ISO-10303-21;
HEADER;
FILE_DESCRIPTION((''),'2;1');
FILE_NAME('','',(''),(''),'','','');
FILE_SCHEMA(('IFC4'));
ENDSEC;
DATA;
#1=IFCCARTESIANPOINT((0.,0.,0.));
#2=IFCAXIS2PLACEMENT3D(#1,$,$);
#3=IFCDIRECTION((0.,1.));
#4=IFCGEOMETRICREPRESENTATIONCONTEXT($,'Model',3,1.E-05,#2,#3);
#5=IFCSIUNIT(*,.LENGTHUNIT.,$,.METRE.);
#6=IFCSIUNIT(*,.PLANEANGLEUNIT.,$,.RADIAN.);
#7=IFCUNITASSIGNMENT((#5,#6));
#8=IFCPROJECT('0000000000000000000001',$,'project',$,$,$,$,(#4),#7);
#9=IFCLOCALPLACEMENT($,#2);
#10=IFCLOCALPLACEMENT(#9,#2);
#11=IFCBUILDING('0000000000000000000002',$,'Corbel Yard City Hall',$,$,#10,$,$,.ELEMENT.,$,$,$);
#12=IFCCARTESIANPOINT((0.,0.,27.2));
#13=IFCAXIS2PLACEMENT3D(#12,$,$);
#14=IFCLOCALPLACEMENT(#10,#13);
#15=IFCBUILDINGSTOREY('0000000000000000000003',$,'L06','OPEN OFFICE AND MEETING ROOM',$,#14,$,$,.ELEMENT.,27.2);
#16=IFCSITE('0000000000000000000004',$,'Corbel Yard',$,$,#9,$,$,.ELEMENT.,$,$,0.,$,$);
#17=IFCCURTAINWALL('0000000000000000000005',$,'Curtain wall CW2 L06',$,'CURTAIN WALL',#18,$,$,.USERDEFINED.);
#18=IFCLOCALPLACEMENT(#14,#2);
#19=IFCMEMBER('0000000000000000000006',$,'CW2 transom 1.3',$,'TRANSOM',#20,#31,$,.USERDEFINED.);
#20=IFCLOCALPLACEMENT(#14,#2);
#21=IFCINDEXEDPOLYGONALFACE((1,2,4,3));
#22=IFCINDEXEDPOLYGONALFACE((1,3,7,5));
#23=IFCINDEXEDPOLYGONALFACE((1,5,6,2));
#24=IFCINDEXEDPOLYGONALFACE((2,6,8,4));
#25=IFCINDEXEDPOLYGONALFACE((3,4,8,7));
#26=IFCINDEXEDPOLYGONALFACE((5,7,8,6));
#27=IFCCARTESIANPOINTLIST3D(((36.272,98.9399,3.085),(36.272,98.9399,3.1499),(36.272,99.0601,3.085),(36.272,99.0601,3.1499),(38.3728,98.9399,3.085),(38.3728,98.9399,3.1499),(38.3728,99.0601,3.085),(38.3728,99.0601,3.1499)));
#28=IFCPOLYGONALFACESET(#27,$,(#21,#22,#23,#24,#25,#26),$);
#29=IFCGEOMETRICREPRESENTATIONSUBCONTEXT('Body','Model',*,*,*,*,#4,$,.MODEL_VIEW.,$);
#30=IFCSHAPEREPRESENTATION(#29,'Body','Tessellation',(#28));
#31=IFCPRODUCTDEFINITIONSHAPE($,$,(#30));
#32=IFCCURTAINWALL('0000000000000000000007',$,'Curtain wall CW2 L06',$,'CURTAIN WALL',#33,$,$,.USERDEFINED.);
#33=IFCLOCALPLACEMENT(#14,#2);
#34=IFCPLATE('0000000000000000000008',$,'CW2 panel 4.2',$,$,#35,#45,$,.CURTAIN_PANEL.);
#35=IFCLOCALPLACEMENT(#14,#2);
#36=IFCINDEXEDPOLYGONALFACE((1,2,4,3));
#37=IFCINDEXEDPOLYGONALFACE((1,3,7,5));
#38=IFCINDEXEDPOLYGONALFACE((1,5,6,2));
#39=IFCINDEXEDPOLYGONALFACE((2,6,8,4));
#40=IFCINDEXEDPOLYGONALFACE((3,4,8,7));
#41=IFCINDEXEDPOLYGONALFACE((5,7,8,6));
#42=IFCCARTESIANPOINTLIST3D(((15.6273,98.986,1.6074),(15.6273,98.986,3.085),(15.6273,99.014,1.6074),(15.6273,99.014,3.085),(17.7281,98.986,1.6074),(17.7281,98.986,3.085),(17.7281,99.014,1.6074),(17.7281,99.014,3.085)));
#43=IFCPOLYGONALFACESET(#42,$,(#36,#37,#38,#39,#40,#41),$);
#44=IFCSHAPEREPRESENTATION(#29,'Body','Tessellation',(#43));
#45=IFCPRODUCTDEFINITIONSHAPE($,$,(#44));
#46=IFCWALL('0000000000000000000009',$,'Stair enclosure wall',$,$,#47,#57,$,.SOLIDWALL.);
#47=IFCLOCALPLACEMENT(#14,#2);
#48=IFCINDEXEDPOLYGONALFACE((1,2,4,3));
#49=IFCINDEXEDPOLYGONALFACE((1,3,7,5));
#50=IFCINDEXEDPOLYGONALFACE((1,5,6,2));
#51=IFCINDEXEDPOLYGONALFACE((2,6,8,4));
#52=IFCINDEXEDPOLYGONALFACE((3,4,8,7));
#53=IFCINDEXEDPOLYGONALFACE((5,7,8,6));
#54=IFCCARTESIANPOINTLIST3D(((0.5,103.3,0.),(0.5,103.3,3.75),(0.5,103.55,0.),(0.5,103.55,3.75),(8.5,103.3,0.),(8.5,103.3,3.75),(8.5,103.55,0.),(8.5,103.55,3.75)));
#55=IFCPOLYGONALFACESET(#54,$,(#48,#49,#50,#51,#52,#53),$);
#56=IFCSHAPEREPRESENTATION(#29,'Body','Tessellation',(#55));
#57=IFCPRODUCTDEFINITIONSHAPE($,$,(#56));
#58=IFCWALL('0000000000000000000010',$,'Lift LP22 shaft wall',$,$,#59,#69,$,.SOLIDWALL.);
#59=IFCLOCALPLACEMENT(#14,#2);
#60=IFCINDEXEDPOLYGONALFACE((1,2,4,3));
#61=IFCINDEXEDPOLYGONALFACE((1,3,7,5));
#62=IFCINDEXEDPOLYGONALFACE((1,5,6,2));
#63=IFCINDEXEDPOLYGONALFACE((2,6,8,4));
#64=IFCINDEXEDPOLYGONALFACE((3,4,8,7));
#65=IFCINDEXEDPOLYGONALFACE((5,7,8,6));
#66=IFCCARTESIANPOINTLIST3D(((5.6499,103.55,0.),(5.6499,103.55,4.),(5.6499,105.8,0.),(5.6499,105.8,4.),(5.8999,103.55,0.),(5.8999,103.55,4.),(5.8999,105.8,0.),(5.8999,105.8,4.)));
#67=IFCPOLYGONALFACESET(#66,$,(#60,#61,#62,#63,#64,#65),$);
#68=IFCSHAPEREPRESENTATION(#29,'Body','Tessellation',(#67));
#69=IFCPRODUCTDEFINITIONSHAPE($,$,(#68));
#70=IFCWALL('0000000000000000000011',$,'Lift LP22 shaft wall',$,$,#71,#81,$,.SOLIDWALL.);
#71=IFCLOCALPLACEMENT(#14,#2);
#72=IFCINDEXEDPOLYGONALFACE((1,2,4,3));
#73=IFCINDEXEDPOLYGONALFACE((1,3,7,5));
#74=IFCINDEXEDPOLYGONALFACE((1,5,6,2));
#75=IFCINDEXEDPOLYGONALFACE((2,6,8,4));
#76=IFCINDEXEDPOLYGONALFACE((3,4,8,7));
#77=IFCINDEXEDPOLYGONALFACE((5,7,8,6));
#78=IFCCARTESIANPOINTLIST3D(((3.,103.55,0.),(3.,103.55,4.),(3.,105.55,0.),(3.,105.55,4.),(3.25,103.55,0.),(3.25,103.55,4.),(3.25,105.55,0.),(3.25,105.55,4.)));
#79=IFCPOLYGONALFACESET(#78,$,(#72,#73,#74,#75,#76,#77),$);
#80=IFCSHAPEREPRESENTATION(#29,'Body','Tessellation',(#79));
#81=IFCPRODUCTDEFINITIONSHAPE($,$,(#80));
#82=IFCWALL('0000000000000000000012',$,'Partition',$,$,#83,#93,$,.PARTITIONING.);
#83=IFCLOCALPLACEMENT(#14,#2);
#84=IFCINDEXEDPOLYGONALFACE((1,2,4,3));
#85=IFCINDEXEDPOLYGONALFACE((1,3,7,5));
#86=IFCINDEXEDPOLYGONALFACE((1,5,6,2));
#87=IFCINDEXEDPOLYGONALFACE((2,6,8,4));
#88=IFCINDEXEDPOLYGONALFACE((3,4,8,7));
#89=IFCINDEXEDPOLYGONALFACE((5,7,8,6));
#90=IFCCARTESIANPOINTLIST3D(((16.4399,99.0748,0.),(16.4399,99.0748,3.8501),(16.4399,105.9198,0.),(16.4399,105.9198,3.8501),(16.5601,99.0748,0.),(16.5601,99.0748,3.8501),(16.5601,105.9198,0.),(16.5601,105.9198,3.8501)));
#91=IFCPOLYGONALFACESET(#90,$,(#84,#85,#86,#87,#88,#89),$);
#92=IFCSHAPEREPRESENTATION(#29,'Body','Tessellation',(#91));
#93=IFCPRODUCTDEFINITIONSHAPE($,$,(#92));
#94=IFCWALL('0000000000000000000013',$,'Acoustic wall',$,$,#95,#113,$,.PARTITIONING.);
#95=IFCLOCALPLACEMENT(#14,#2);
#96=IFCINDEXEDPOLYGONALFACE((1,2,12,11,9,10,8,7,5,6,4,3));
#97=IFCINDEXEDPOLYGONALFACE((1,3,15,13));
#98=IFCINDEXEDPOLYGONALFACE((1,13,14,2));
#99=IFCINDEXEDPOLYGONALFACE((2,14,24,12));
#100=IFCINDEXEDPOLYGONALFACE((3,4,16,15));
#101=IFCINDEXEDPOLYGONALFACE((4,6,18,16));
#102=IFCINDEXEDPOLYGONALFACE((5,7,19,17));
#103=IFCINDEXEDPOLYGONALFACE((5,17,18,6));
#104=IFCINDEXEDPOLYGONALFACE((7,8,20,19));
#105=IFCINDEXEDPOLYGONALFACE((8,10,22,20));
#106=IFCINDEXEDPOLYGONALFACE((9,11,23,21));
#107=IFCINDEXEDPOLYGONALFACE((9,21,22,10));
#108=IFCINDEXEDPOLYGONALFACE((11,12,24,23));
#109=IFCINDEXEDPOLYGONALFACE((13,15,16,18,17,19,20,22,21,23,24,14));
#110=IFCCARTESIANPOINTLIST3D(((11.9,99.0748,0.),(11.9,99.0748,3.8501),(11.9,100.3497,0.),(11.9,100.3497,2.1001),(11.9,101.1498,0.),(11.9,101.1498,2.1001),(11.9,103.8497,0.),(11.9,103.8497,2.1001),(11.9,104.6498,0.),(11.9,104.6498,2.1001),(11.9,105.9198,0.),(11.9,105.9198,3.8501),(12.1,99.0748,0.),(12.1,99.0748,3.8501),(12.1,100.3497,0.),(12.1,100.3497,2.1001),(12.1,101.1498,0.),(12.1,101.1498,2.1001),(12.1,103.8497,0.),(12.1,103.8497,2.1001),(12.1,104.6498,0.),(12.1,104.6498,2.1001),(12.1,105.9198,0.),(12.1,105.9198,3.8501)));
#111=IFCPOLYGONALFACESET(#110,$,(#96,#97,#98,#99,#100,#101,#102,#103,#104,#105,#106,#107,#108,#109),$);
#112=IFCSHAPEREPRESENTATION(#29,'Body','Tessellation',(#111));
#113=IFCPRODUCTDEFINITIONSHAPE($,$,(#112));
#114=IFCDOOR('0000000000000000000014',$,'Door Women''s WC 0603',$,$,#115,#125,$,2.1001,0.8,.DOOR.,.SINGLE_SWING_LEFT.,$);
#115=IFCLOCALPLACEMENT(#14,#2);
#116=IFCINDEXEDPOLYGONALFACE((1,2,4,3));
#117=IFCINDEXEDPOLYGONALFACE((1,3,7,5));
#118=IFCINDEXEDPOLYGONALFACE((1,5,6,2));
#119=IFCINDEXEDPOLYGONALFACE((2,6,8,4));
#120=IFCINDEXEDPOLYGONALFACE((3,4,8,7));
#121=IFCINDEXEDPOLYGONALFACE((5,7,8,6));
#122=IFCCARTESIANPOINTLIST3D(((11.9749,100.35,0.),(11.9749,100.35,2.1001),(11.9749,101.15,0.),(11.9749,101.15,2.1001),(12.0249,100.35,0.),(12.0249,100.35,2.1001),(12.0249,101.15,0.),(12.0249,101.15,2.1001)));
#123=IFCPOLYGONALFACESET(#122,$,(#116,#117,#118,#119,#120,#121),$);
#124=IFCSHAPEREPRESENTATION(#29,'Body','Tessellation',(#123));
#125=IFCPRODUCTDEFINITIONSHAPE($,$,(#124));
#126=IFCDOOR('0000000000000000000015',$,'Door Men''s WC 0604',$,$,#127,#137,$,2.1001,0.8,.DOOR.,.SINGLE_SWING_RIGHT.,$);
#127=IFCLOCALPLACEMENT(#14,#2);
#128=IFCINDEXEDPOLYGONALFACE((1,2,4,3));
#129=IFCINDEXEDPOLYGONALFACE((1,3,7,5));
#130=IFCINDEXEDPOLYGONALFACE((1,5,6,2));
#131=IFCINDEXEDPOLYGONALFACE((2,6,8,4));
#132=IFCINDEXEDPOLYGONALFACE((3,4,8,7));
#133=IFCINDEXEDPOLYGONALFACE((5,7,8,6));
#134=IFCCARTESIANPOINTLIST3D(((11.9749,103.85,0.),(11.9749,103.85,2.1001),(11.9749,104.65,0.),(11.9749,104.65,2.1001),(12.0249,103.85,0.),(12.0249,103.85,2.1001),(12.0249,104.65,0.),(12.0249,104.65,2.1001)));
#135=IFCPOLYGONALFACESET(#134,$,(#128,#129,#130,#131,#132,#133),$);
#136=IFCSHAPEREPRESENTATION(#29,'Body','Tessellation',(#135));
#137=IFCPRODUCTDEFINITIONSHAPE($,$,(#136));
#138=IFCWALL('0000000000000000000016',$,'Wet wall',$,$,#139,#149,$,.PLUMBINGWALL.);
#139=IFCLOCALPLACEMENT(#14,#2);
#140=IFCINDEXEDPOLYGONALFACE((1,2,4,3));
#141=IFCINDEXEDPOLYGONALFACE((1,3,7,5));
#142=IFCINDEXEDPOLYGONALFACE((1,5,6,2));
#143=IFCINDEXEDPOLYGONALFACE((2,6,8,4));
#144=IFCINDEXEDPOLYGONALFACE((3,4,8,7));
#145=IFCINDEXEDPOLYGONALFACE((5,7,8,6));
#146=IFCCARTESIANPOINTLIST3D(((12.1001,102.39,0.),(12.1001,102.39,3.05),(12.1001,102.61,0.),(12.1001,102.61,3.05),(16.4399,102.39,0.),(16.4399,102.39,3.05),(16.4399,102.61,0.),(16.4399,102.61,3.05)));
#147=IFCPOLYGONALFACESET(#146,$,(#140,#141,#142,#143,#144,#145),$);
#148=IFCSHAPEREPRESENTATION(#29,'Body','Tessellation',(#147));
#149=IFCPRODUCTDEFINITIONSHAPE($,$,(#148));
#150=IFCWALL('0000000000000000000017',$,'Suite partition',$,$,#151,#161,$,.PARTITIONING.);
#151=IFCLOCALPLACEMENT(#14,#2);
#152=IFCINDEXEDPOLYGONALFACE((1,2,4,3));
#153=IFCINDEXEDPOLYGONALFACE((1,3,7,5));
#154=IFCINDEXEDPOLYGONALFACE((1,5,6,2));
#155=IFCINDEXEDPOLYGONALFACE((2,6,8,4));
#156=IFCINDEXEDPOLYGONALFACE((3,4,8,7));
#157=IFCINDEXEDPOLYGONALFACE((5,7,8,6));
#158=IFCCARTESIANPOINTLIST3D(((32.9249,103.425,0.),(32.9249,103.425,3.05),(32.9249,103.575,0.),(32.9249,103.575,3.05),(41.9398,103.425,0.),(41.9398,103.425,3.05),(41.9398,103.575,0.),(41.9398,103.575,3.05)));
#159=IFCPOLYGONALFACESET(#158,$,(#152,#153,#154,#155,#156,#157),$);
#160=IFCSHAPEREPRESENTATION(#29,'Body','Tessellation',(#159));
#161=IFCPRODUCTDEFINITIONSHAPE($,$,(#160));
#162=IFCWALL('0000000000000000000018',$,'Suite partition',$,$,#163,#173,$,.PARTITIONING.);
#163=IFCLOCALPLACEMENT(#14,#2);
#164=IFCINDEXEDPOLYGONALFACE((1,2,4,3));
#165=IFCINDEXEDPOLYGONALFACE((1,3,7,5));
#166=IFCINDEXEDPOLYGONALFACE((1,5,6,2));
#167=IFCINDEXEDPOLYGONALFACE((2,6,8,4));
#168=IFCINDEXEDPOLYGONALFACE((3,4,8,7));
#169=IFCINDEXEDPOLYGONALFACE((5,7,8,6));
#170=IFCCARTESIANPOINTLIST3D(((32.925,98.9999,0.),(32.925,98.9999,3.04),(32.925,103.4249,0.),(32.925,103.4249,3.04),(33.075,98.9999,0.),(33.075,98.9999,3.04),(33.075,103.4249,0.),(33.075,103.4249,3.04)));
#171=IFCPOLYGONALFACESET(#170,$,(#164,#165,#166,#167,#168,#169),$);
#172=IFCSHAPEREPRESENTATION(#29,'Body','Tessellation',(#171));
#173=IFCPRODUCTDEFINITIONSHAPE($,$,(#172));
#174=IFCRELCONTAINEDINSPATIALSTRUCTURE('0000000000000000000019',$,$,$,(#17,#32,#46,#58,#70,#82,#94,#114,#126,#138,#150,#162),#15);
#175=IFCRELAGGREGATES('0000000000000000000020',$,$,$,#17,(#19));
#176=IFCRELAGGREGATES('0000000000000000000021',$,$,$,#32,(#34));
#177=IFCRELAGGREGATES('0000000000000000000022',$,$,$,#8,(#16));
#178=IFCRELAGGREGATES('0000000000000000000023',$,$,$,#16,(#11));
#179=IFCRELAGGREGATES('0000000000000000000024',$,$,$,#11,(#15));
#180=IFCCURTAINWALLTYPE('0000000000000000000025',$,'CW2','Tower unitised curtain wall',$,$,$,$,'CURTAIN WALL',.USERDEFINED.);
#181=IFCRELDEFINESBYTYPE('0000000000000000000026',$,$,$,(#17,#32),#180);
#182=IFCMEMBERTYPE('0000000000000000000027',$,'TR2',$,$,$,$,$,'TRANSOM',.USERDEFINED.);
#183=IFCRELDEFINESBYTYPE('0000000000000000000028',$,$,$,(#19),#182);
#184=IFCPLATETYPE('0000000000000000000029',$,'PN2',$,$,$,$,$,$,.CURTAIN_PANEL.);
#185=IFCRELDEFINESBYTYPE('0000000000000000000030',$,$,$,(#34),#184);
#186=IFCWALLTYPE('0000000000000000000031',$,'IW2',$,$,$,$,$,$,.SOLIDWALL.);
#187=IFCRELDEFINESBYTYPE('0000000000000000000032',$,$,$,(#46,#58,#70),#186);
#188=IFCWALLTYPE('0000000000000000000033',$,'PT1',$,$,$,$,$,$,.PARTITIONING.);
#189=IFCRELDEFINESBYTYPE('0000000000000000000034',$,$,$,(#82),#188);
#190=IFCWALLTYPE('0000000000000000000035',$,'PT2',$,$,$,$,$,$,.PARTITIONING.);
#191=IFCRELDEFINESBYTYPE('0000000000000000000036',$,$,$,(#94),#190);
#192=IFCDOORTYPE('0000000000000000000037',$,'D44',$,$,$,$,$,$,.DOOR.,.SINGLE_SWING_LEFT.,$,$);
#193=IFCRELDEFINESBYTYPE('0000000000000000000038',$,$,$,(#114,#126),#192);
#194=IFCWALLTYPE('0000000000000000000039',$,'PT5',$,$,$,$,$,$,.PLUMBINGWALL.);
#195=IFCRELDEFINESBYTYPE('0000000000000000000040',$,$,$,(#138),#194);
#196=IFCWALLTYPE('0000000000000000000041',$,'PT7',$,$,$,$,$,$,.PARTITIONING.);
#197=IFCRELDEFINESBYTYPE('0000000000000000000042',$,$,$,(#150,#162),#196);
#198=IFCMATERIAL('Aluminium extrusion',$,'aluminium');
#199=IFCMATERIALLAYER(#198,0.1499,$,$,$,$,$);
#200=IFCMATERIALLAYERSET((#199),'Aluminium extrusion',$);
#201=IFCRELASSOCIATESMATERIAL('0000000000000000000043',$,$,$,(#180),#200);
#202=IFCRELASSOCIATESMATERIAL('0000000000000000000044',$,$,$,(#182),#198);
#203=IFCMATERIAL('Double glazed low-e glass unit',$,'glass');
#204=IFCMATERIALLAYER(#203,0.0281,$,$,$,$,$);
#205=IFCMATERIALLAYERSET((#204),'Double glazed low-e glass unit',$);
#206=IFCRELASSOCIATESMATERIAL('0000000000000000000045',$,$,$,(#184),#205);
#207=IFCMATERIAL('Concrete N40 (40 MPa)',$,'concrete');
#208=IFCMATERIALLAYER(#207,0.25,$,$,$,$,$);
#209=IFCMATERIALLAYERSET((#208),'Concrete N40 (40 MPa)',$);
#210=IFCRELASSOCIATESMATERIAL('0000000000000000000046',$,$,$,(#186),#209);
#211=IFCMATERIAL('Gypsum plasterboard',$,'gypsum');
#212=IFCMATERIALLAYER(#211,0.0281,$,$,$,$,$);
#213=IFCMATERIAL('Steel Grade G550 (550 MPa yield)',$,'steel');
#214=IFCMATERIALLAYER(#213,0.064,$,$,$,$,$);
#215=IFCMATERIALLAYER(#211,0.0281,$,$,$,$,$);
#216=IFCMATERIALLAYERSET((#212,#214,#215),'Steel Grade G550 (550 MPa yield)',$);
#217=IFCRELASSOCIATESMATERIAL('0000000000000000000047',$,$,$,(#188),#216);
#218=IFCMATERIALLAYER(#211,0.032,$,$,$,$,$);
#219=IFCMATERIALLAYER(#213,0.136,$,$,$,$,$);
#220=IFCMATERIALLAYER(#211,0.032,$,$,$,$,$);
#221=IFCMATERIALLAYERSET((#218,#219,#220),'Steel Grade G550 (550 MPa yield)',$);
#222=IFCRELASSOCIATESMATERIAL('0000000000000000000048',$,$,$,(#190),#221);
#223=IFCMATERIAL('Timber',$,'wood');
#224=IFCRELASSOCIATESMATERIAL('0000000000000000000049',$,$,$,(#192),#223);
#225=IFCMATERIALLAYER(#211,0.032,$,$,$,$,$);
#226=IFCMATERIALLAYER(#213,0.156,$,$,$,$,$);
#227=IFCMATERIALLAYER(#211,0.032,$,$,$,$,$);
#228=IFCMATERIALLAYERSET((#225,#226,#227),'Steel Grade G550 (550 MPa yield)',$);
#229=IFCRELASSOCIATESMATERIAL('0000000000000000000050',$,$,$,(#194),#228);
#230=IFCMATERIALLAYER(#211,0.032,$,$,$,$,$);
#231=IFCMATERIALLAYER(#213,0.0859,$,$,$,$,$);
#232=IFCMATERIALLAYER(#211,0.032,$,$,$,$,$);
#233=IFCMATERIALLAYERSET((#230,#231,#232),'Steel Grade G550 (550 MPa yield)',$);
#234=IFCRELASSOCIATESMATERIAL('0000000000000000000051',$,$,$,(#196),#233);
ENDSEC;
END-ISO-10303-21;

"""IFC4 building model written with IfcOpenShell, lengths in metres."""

from ifc_helpers import new_model, si_unit, direction, frame, frame_2d, origin, origin_2d, place, context, subcontext, project, spatial, rectangle, extrude, material, layer, layer_set, material_profile, profile_set, type_object, element, fill, aggregate, save


model = new_model("IFC4")

# Units and contexts
model_context = context("Model", 3, precision=1e-05, world=origin(), true_north=direction((0.0, 1.0)))
body_context = subcontext(model_context, "Body", "Model", "MODEL_VIEW")
ifc_project = project(units=[si_unit("LENGTHUNIT", "METRE"), si_unit("PLANEANGLEUNIT", "RADIAN")], contexts=[model_context])

# Site, building, storey
site_placement = place(None, origin())
site = spatial("IfcSite", under=ifc_project, at=site_placement, Name="Corbel Yard", CompositionType="ELEMENT", RefElevation=0.0)
building_placement = place(site_placement, origin())
building = spatial("IfcBuilding", under=site, at=building_placement, Name="Corbel Yard City Hall", CompositionType="ELEMENT")
storey_placement = place(building_placement, frame((0.0, 0.0, 27.2)))
storey = spatial("IfcBuildingStorey", under=building, at=storey_placement, Name="L06", Description="OPEN OFFICE AND MEETING ROOM", CompositionType="ELEMENT", Elevation=27.2)

# Curtain wall, member
ifc_material_1 = material(Name="Aluminium extrusion", Category="aluminium")
ifc_layer_1 = layer(ifc_material_1, 0.1499)
ifc_layer_set_1 = layer_set([ifc_layer_1], Name="Aluminium extrusion")
curtain_wall_type = type_object("IfcCurtainWallType", Name="CW2", Description="Tower unitised curtain wall", ElementType="CURTAIN WALL", PredefinedType="USERDEFINED", material=ifc_layer_set_1)
curtain_wall_1_placement = place(storey_placement, origin())
curtain_wall_1 = element("IfcCurtainWall", 1, at=curtain_wall_1_placement, inside=storey, type_object=curtain_wall_type, Name="Curtain wall CW2 L06", ObjectType="CURTAIN WALL", PredefinedType="USERDEFINED")
ifc_material_profile_1 = material_profile(ifc_material_1, rectangle(XDim=0.1201, YDim=0.0649, at=origin_2d()), Name="120x65")
ifc_profile_set_1 = profile_set([ifc_material_profile_1], Name="Aluminium extrusion")
member_type_1 = type_object("IfcMemberType", Name="TR2", ElementType="TRANSOM", PredefinedType="USERDEFINED", material=ifc_profile_set_1)
member_1_placement = place(storey_placement, frame((36.272, 99.0, 3.1174), z_axis=(1.0, 0.0, 0.0), x_axis=(0.0, 1.0, 0.0)))
member_1 = element("IfcMember", 2, at=member_1_placement, type_object=member_type_1, Name="CW2 transom 1.3", ObjectType="TRANSOM", PredefinedType="USERDEFINED", context=body_context, shape_type="SweptSolid", body=[
    extrude(rectangle(XDim=0.1201, YDim=0.0649, at=origin_2d()), origin(), (0.0, 0.0, 1.0), 2.1008),
])
aggregate(curtain_wall_1, [member_1])

# Curtain wall, plate
curtain_wall_2_placement = place(storey_placement, origin())
curtain_wall_2 = element("IfcCurtainWall", 3, at=curtain_wall_2_placement, inside=storey, type_object=curtain_wall_type, Name="Curtain wall CW2 L06", ObjectType="CURTAIN WALL", PredefinedType="USERDEFINED")
ifc_material_2 = material(Name="Double glazed low-e glass unit", Category="glass")
ifc_layer_2 = layer(ifc_material_2, 0.0281)
ifc_layer_set_2 = layer_set([ifc_layer_2], Name="Double glazed low-e glass unit")
plate_type = type_object("IfcPlateType", Name="PN2", PredefinedType="CURTAIN_PANEL", material=ifc_layer_set_2)
plate_placement = place(storey_placement, frame((16.6777, 99.0, 1.6074), z_axis=(0.0, 0.0, 1.0), x_axis=(1.0, 0.0, 0.0)))
plate = element("IfcPlate", 4, at=plate_placement, type_object=plate_type, Name="CW2 panel 4.2", PredefinedType="CURTAIN_PANEL", context=body_context, shape_type="SweptSolid", body=[
    extrude(rectangle(XDim=2.1008, YDim=0.0281, at=origin_2d()), origin(), (0.0, 0.0, 1.0), 1.4775),
])
aggregate(curtain_wall_2, [plate])

# Walls
ifc_material_3 = material(Name="Concrete N40 (40 MPa)", Category="concrete")
ifc_layer_3 = layer(ifc_material_3, 0.25)
ifc_layer_set_3 = layer_set([ifc_layer_3], Name="Concrete N40 (40 MPa)")
wall_type_1 = type_object("IfcWallType", Name="IW2", PredefinedType="SOLIDWALL", material=ifc_layer_set_3)
wall_1_placement = place(storey_placement, frame((8.5, 103.425, 0.0), z_axis=(0.0, 0.0, 1.0), x_axis=(-1.0, 0.0, 0.0)))
element("IfcWall", 5, at=wall_1_placement, inside=storey, type_object=wall_type_1, Name="Stair enclosure wall", PredefinedType="SOLIDWALL", context=body_context, shape_type="SweptSolid", body=[
    extrude(rectangle(XDim=8.0, YDim=0.25, at=frame_2d((4.0, 0.0))), origin(), (0.0, 0.0, 1.0), 3.75),
])
wall_2_placement = place(storey_placement, frame((5.7749, 103.55, 0.0), z_axis=(0.0, 0.0, 1.0), x_axis=(0.0, 1.0, 0.0)))
element("IfcWall", 6, at=wall_2_placement, inside=storey, type_object=wall_type_1, Name="Lift LP22 shaft wall", PredefinedType="SOLIDWALL", context=body_context, shape_type="SweptSolid", body=[
    extrude(rectangle(XDim=2.25, YDim=0.25, at=frame_2d((1.125, 0.0))), origin(), (0.0, 0.0, 1.0), 4.0),
])
wall_3_placement = place(storey_placement, frame((3.125, 103.55, 0.0), z_axis=(0.0, 0.0, 1.0), x_axis=(0.0, 1.0, 0.0)))
element("IfcWall", 7, at=wall_3_placement, inside=storey, type_object=wall_type_1, Name="Lift LP22 shaft wall", PredefinedType="SOLIDWALL", context=body_context, shape_type="SweptSolid", body=[
    extrude(rectangle(XDim=2.0, YDim=0.25, at=frame_2d((1.0, 0.0))), origin(), (0.0, 0.0, 1.0), 4.0),
])
ifc_material_4 = material(Name="Gypsum plasterboard", Category="gypsum")
ifc_layer_4 = layer(ifc_material_4, 0.0281)
ifc_material_5 = material(Name="Steel Grade G550 (550 MPa yield)", Category="steel")
ifc_layer_5 = layer(ifc_material_5, 0.064)
ifc_layer_6 = layer(ifc_material_4, 0.0281)
ifc_layer_set_4 = layer_set([ifc_layer_4, ifc_layer_5, ifc_layer_6], Name="Steel Grade G550 (550 MPa yield)")
wall_type_2 = type_object("IfcWallType", Name="PT1", PredefinedType="PARTITIONING", material=ifc_layer_set_4)
wall_4_placement = place(storey_placement, frame((16.5, 99.075, 0.0), z_axis=(0.0, 0.0, 1.0), x_axis=(0.0, 1.0, 0.0)))
element("IfcWall", 8, at=wall_4_placement, inside=storey, type_object=wall_type_2, Name="Partition", PredefinedType="PARTITIONING", context=body_context, shape_type="SweptSolid", body=[
    extrude(rectangle(XDim=6.845, YDim=0.1201, at=frame_2d((3.4224, 0.0))), origin(), (0.0, 0.0, 1.0), 3.8501),
])

# Wall, openings, doors
ifc_layer_7 = layer(ifc_material_4, 0.032)
ifc_layer_8 = layer(ifc_material_5, 0.136)
ifc_layer_9 = layer(ifc_material_4, 0.032)
ifc_layer_set_5 = layer_set([ifc_layer_7, ifc_layer_8, ifc_layer_9], Name="Steel Grade G550 (550 MPa yield)")
wall_type_3 = type_object("IfcWallType", Name="PT2", PredefinedType="PARTITIONING", material=ifc_layer_set_5)
wall_5_placement = place(storey_placement, frame((12.0, 99.075, 0.0), z_axis=(0.0, 0.0, 1.0), x_axis=(0.0, 1.0, 0.0)))
wall_5 = element("IfcWall", 9, at=wall_5_placement, inside=storey, type_object=wall_type_3, Name="Acoustic wall", PredefinedType="PARTITIONING", context=body_context, shape_type="SweptSolid", body=[
    extrude(rectangle(XDim=6.845, YDim=0.2, at=frame_2d((3.4224, 0.0))), origin(), (0.0, 0.0, 1.0), 3.8501),
])
opening_1_placement = place(wall_5_placement, frame((1.2749, 0.0, 0.0)))
opening_1 = element("IfcOpeningElement", 10, at=opening_1_placement, cuts=wall_5, PredefinedType="OPENING", context=body_context, shape_type="SweptSolid", body=[
    extrude(rectangle(XDim=0.8, YDim=2.1001, at=frame_2d((0.3999, 1.05))), frame((0.0, 0.1099, 0.0), z_axis=(0.0, -1.0, 0.0), x_axis=(1.0, 0.0, 0.0)), (0.0, 0.0, 1.0), 0.22),
])
opening_2_placement = place(wall_5_placement, frame((4.7749, 0.0, 0.0)))
opening_2 = element("IfcOpeningElement", 11, at=opening_2_placement, cuts=wall_5, PredefinedType="OPENING", context=body_context, shape_type="SweptSolid", body=[
    extrude(rectangle(XDim=0.8, YDim=2.1001, at=frame_2d((0.3999, 1.05))), frame((0.0, 0.1099, 0.0), z_axis=(0.0, -1.0, 0.0), x_axis=(1.0, 0.0, 0.0)), (0.0, 0.0, 1.0), 0.22),
])
ifc_material_6 = material(Name="Timber", Category="wood")
door_type = type_object("IfcDoorType", Name="D44", OperationType="SINGLE_SWING_LEFT", PredefinedType="DOOR", material=ifc_material_6)
door_1_placement = place(opening_1_placement, frame((0.8, 0.0, 0.0), z_axis=(0.0, 0.0, 1.0), x_axis=(-1.0, 0.0, 0.0)))
door_1 = element("IfcDoor", 12, at=door_1_placement, inside=storey, type_object=door_type, Name="Door Women's WC 0603", OperationType="SINGLE_SWING_LEFT", OverallHeight=2.1001, OverallWidth=0.8, PredefinedType="DOOR", context=body_context, shape_type="SweptSolid", body=[
    extrude(rectangle(XDim=0.8, YDim=2.1001, at=frame_2d((0.3999, 1.05))), frame((0.0, 0.0249, 0.0), z_axis=(0.0, -1.0, 0.0), x_axis=(1.0, 0.0, 0.0)), (0.0, 0.0, 1.0), 0.05),
])
fill(opening_1, door_1)
door_2_placement = place(opening_2_placement, frame((0.8, 0.0, 0.0), z_axis=(0.0, 0.0, 1.0), x_axis=(-1.0, 0.0, 0.0)))
door_2 = element("IfcDoor", 13, at=door_2_placement, inside=storey, type_object=door_type, Name="Door Men's WC 0604", OperationType="SINGLE_SWING_RIGHT", OverallHeight=2.1001, OverallWidth=0.8, PredefinedType="DOOR", context=body_context, shape_type="SweptSolid", body=[
    extrude(rectangle(XDim=0.8, YDim=2.1001, at=frame_2d((0.3999, 1.05))), frame((0.0, 0.0249, 0.0), z_axis=(0.0, -1.0, 0.0), x_axis=(1.0, 0.0, 0.0)), (0.0, 0.0, 1.0), 0.05),
])
fill(opening_2, door_2)

# Walls
ifc_layer_10 = layer(ifc_material_4, 0.032)
ifc_layer_11 = layer(ifc_material_5, 0.156)
ifc_layer_12 = layer(ifc_material_4, 0.032)
ifc_layer_set_6 = layer_set([ifc_layer_10, ifc_layer_11, ifc_layer_12], Name="Steel Grade G550 (550 MPa yield)")
wall_type_4 = type_object("IfcWallType", Name="PT5", PredefinedType="PLUMBINGWALL", material=ifc_layer_set_6)
wall_6_placement = place(storey_placement, frame((12.1001, 102.5, 0.0), z_axis=(0.0, 0.0, 1.0), x_axis=(1.0, 0.0, 0.0)))
element("IfcWall", 14, at=wall_6_placement, inside=storey, type_object=wall_type_4, Name="Wet wall", PredefinedType="PLUMBINGWALL", context=body_context, shape_type="SweptSolid", body=[
    extrude(rectangle(XDim=4.3398, YDim=0.22, at=frame_2d((2.1699, 0.0))), origin(), (0.0, 0.0, 1.0), 3.05),
])
ifc_layer_13 = layer(ifc_material_4, 0.032)
ifc_layer_14 = layer(ifc_material_5, 0.0859)
ifc_layer_15 = layer(ifc_material_4, 0.032)
ifc_layer_set_7 = layer_set([ifc_layer_13, ifc_layer_14, ifc_layer_15], Name="Steel Grade G550 (550 MPa yield)")
wall_type_5 = type_object("IfcWallType", Name="PT7", PredefinedType="PARTITIONING", material=ifc_layer_set_7)
wall_7_placement = place(storey_placement, frame((32.925, 103.5, 0.0), z_axis=(0.0, 0.0, 1.0), x_axis=(1.0, 0.0, 0.0)))
element("IfcWall", 15, at=wall_7_placement, inside=storey, type_object=wall_type_5, Name="Suite partition", PredefinedType="PARTITIONING", context=body_context, shape_type="SweptSolid", body=[
    extrude(rectangle(XDim=9.0149, YDim=0.1499, at=frame_2d((4.5073, 0.0))), origin(), (0.0, 0.0, 1.0), 3.05),
])
wall_8_placement = place(storey_placement, frame((33.0, 99.0, 0.0), z_axis=(0.0, 0.0, 1.0), x_axis=(0.0, 1.0, 0.0)))
element("IfcWall", 16, at=wall_8_placement, inside=storey, type_object=wall_type_5, Name="Suite partition", PredefinedType="PARTITIONING", context=body_context, shape_type="SweptSolid", body=[
    extrude(rectangle(XDim=4.425, YDim=0.1499, at=frame_2d((2.2124, 0.0))), origin(), (0.0, 0.0, 1.0), 3.04),
])

save(model, "model.ifc")
